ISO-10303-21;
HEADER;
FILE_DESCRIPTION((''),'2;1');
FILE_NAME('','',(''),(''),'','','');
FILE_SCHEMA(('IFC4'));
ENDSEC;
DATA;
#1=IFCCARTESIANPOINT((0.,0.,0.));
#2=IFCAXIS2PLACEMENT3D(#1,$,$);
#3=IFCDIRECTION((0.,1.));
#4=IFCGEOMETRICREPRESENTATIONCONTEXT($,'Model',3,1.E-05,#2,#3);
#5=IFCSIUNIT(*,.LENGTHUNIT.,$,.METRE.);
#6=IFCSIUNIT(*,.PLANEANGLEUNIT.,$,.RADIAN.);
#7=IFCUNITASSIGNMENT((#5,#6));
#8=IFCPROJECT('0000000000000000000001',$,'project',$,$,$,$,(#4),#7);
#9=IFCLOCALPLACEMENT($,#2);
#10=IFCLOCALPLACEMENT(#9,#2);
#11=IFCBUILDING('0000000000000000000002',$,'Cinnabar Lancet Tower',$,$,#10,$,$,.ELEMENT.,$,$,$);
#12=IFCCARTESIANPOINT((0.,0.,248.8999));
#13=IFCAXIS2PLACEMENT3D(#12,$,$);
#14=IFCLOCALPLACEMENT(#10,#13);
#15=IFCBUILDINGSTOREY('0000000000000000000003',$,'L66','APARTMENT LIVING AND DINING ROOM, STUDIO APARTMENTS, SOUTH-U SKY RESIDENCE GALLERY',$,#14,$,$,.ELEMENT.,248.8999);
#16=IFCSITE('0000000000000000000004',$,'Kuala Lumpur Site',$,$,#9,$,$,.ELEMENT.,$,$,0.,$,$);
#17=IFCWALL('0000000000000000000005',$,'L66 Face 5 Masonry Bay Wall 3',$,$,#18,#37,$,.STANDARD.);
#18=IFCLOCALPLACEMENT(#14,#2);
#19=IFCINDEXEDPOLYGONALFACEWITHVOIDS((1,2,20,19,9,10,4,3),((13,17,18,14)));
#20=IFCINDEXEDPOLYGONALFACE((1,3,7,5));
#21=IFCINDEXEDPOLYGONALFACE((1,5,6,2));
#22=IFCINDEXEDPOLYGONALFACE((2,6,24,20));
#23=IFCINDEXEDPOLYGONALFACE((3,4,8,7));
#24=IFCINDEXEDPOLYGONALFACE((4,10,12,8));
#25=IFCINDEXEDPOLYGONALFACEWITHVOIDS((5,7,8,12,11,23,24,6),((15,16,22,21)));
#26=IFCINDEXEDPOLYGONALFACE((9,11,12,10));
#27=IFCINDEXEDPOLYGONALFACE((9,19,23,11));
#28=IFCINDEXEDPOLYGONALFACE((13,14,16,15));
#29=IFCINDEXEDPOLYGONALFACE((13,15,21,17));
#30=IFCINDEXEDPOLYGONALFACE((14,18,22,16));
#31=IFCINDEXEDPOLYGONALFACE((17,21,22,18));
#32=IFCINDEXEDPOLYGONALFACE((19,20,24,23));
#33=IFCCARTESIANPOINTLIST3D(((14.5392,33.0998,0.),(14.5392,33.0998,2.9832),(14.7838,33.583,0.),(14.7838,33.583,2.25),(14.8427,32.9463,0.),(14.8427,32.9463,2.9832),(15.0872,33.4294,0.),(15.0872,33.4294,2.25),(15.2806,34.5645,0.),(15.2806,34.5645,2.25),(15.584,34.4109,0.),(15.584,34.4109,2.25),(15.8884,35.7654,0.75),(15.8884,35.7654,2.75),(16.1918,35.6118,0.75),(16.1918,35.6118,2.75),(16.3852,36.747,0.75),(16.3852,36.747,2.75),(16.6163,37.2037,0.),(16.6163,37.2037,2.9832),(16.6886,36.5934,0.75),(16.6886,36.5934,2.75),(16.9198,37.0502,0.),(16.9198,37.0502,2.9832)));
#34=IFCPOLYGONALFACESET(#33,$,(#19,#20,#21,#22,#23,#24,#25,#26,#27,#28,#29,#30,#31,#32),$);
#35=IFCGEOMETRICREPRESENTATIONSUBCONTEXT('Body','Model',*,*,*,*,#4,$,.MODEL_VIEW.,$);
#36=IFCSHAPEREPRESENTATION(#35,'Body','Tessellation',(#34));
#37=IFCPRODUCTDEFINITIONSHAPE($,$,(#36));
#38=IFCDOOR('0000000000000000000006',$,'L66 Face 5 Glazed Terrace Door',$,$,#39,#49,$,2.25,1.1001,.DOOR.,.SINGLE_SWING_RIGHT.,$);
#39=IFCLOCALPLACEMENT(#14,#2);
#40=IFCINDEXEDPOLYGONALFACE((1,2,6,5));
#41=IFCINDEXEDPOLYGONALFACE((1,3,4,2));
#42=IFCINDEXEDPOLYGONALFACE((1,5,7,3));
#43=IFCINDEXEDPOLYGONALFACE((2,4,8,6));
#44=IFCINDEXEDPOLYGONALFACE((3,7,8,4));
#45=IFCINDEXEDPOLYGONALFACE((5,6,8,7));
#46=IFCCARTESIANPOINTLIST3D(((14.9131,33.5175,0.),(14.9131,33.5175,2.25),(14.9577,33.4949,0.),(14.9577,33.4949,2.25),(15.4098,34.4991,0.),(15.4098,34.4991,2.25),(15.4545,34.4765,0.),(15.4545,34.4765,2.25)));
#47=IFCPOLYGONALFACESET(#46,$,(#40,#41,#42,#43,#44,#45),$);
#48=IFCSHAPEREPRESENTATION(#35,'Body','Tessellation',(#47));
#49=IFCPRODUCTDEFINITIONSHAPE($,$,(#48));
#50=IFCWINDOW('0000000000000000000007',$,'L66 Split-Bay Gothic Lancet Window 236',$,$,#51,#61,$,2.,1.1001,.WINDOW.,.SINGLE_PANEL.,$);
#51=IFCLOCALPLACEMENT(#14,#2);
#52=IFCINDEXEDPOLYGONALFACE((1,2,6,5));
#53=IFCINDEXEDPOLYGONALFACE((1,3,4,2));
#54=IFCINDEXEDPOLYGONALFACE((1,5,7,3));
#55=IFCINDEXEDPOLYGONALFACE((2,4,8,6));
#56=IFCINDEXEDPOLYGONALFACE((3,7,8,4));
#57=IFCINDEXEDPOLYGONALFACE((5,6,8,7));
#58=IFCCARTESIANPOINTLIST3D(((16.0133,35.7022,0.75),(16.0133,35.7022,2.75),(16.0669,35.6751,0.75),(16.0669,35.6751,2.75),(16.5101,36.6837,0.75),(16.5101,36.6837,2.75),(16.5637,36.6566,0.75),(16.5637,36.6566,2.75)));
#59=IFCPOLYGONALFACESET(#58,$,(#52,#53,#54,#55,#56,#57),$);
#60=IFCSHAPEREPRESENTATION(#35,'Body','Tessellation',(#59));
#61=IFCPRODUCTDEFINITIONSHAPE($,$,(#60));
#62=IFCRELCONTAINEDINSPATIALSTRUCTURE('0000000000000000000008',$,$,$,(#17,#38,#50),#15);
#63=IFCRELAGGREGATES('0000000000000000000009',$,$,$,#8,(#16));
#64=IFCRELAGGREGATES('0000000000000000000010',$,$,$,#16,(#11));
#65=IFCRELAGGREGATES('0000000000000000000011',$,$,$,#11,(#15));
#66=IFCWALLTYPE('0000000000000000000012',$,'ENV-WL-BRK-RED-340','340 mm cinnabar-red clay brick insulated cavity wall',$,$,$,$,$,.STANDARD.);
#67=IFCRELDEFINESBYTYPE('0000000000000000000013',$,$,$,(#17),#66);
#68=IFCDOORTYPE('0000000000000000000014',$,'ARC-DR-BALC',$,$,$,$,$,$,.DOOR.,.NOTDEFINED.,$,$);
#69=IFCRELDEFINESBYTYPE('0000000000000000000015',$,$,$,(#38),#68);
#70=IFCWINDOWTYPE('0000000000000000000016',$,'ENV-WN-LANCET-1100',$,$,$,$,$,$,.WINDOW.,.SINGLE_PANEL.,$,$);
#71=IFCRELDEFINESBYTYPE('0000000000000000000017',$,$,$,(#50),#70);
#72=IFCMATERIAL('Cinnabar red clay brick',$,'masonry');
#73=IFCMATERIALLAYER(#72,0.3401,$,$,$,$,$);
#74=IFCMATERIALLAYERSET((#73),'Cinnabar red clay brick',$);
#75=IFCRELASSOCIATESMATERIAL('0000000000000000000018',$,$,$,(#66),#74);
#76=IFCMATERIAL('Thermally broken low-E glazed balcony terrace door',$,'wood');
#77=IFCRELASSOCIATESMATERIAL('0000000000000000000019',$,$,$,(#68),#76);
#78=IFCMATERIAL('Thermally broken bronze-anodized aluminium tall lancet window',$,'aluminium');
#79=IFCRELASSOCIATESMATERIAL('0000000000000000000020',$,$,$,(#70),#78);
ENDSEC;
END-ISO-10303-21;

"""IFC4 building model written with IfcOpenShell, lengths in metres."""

from ifc_helpers import new_model, si_unit, direction, frame, frame_2d, origin, place, context, subcontext, project, spatial, rectangle, extrude, material, layer, layer_set, type_object, element, fill, save


model = new_model("IFC4")

# Units and contexts
model_context = context("Model", 3, precision=1e-05, world=origin(), true_north=direction((0.0, 1.0)))
body_context = subcontext(model_context, "Body", "Model", "MODEL_VIEW")
ifc_project = project(units=[si_unit("LENGTHUNIT", "METRE"), si_unit("PLANEANGLEUNIT", "RADIAN")], contexts=[model_context])

# Site, building, storey
site_placement = place(None, origin())
site = spatial("IfcSite", under=ifc_project, at=site_placement, Name="Kuala Lumpur Site", CompositionType="ELEMENT", RefElevation=0.0)
building_placement = place(site_placement, origin())
building = spatial("IfcBuilding", under=site, at=building_placement, Name="Cinnabar Lancet Tower", CompositionType="ELEMENT")
storey_placement = place(building_placement, frame((0.0, 0.0, 248.8999)))
storey = spatial("IfcBuildingStorey", under=building, at=storey_placement, Name="L66", Description="APARTMENT LIVING AND DINING ROOM, STUDIO APARTMENTS, SOUTH-U SKY RESIDENCE GALLERY", CompositionType="ELEMENT", Elevation=248.8999)

# Shared definitions
ifc_material_1 = material(Name="Cinnabar red clay brick", Category="masonry")
ifc_layer_1 = layer(ifc_material_1, 0.3401)
ifc_layer_set_1 = layer_set([ifc_layer_1], Name="Cinnabar red clay brick")
wall_type_1 = type_object("IfcWallType", Name="ENV-WL-BRK-RED-340", Description="340 mm cinnabar-red clay brick insulated cavity wall", PredefinedType="STANDARD", material=ifc_layer_set_1)

# Wall, openings, door, window
wall_1_placement = place(storey_placement, frame((16.7681, 37.127, 0.0), z_axis=(0.0, 0.0, 1.0), x_axis=(-0.451582, -0.89223, 0.0)))
wall_1 = element("IfcWall", 1, at=wall_1_placement, inside=storey, type_object=wall_type_1, Name="L66 Face 5 Masonry Bay Wall 3", PredefinedType="STANDARD", context=body_context, shape_type="SweptSolid", body=[
    extrude(rectangle(XDim=4.5996, YDim=0.3401, at=frame_2d((2.2998, 0.0))), origin(), (0.0, 0.0, 1.0), 2.9832),
])
opening_1_placement = place(wall_1_placement, frame((2.958, 0.0, 0.0)))
opening_1 = element("IfcOpeningElement", 2, at=opening_1_placement, cuts=wall_1, PredefinedType="OPENING", context=body_context, shape_type="SweptSolid", body=[
    extrude(rectangle(XDim=1.1001, YDim=2.25, at=frame_2d((0.55, 1.125))), frame((0.0, 0.1799, 0.0), z_axis=(0.0, -1.0, 0.0), x_axis=(1.0, 0.0, 0.0)), (0.0, 0.0, 1.0), 0.3601),
])
opening_2_placement = place(wall_1_placement, frame((0.512, 0.0, 0.75)))
opening_2 = element("IfcOpeningElement", 3, at=opening_2_placement, cuts=wall_1, PredefinedType="OPENING", context=body_context, shape_type="SweptSolid", body=[
    extrude(rectangle(XDim=1.1001, YDim=2.0, at=frame_2d((0.55, 1.0))), frame((0.0, 0.1799, 0.0), z_axis=(0.0, -1.0, 0.0), x_axis=(1.0, 0.0, 0.0)), (0.0, 0.0, 1.0), 0.3601),
])
ifc_material_2 = material(Name="Thermally broken low-E glazed balcony terrace door", Category="wood")
door_type_1 = type_object("IfcDoorType", Name="ARC-DR-BALC", OperationType="NOTDEFINED", PredefinedType="DOOR", material=ifc_material_2)
door_1_placement = place(opening_1_placement, origin())
door_1 = element("IfcDoor", 4, at=door_1_placement, inside=storey, type_object=door_type_1, Name="L66 Face 5 Glazed Terrace Door", OperationType="SINGLE_SWING_RIGHT", OverallHeight=2.25, OverallWidth=1.1001, PredefinedType="DOOR", context=body_context, shape_type="SweptSolid", body=[
    extrude(rectangle(XDim=1.1001, YDim=2.25, at=frame_2d((0.55, 1.125))), frame((0.0, 0.0249, 0.0), z_axis=(0.0, -1.0, 0.0), x_axis=(1.0, 0.0, 0.0)), (0.0, 0.0, 1.0), 0.05),
])
fill(opening_1, door_1)
ifc_material_3 = material(Name="Thermally broken bronze-anodized aluminium tall lancet window", Category="aluminium")
window_type_1 = type_object("IfcWindowType", Name="ENV-WN-LANCET-1100", PartitioningType="SINGLE_PANEL", PredefinedType="WINDOW", material=ifc_material_3)
window_1_placement = place(opening_2_placement, origin())
window_1 = element("IfcWindow", 5, at=window_1_placement, inside=storey, type_object=window_type_1, Name="L66 Split-Bay Gothic Lancet Window 236", OverallHeight=2.0, OverallWidth=1.1001, PartitioningType="SINGLE_PANEL", PredefinedType="WINDOW", context=body_context, shape_type="SweptSolid", body=[
    extrude(rectangle(XDim=1.1001, YDim=2.0, at=frame_2d((0.55, 1.0))), frame((0.0, 0.03, 0.0), z_axis=(0.0, -1.0, 0.0), x_axis=(1.0, 0.0, 0.0)), (0.0, 0.0, 1.0), 0.0601),
])
fill(opening_2, window_1)

save(model, "model.ifc")
